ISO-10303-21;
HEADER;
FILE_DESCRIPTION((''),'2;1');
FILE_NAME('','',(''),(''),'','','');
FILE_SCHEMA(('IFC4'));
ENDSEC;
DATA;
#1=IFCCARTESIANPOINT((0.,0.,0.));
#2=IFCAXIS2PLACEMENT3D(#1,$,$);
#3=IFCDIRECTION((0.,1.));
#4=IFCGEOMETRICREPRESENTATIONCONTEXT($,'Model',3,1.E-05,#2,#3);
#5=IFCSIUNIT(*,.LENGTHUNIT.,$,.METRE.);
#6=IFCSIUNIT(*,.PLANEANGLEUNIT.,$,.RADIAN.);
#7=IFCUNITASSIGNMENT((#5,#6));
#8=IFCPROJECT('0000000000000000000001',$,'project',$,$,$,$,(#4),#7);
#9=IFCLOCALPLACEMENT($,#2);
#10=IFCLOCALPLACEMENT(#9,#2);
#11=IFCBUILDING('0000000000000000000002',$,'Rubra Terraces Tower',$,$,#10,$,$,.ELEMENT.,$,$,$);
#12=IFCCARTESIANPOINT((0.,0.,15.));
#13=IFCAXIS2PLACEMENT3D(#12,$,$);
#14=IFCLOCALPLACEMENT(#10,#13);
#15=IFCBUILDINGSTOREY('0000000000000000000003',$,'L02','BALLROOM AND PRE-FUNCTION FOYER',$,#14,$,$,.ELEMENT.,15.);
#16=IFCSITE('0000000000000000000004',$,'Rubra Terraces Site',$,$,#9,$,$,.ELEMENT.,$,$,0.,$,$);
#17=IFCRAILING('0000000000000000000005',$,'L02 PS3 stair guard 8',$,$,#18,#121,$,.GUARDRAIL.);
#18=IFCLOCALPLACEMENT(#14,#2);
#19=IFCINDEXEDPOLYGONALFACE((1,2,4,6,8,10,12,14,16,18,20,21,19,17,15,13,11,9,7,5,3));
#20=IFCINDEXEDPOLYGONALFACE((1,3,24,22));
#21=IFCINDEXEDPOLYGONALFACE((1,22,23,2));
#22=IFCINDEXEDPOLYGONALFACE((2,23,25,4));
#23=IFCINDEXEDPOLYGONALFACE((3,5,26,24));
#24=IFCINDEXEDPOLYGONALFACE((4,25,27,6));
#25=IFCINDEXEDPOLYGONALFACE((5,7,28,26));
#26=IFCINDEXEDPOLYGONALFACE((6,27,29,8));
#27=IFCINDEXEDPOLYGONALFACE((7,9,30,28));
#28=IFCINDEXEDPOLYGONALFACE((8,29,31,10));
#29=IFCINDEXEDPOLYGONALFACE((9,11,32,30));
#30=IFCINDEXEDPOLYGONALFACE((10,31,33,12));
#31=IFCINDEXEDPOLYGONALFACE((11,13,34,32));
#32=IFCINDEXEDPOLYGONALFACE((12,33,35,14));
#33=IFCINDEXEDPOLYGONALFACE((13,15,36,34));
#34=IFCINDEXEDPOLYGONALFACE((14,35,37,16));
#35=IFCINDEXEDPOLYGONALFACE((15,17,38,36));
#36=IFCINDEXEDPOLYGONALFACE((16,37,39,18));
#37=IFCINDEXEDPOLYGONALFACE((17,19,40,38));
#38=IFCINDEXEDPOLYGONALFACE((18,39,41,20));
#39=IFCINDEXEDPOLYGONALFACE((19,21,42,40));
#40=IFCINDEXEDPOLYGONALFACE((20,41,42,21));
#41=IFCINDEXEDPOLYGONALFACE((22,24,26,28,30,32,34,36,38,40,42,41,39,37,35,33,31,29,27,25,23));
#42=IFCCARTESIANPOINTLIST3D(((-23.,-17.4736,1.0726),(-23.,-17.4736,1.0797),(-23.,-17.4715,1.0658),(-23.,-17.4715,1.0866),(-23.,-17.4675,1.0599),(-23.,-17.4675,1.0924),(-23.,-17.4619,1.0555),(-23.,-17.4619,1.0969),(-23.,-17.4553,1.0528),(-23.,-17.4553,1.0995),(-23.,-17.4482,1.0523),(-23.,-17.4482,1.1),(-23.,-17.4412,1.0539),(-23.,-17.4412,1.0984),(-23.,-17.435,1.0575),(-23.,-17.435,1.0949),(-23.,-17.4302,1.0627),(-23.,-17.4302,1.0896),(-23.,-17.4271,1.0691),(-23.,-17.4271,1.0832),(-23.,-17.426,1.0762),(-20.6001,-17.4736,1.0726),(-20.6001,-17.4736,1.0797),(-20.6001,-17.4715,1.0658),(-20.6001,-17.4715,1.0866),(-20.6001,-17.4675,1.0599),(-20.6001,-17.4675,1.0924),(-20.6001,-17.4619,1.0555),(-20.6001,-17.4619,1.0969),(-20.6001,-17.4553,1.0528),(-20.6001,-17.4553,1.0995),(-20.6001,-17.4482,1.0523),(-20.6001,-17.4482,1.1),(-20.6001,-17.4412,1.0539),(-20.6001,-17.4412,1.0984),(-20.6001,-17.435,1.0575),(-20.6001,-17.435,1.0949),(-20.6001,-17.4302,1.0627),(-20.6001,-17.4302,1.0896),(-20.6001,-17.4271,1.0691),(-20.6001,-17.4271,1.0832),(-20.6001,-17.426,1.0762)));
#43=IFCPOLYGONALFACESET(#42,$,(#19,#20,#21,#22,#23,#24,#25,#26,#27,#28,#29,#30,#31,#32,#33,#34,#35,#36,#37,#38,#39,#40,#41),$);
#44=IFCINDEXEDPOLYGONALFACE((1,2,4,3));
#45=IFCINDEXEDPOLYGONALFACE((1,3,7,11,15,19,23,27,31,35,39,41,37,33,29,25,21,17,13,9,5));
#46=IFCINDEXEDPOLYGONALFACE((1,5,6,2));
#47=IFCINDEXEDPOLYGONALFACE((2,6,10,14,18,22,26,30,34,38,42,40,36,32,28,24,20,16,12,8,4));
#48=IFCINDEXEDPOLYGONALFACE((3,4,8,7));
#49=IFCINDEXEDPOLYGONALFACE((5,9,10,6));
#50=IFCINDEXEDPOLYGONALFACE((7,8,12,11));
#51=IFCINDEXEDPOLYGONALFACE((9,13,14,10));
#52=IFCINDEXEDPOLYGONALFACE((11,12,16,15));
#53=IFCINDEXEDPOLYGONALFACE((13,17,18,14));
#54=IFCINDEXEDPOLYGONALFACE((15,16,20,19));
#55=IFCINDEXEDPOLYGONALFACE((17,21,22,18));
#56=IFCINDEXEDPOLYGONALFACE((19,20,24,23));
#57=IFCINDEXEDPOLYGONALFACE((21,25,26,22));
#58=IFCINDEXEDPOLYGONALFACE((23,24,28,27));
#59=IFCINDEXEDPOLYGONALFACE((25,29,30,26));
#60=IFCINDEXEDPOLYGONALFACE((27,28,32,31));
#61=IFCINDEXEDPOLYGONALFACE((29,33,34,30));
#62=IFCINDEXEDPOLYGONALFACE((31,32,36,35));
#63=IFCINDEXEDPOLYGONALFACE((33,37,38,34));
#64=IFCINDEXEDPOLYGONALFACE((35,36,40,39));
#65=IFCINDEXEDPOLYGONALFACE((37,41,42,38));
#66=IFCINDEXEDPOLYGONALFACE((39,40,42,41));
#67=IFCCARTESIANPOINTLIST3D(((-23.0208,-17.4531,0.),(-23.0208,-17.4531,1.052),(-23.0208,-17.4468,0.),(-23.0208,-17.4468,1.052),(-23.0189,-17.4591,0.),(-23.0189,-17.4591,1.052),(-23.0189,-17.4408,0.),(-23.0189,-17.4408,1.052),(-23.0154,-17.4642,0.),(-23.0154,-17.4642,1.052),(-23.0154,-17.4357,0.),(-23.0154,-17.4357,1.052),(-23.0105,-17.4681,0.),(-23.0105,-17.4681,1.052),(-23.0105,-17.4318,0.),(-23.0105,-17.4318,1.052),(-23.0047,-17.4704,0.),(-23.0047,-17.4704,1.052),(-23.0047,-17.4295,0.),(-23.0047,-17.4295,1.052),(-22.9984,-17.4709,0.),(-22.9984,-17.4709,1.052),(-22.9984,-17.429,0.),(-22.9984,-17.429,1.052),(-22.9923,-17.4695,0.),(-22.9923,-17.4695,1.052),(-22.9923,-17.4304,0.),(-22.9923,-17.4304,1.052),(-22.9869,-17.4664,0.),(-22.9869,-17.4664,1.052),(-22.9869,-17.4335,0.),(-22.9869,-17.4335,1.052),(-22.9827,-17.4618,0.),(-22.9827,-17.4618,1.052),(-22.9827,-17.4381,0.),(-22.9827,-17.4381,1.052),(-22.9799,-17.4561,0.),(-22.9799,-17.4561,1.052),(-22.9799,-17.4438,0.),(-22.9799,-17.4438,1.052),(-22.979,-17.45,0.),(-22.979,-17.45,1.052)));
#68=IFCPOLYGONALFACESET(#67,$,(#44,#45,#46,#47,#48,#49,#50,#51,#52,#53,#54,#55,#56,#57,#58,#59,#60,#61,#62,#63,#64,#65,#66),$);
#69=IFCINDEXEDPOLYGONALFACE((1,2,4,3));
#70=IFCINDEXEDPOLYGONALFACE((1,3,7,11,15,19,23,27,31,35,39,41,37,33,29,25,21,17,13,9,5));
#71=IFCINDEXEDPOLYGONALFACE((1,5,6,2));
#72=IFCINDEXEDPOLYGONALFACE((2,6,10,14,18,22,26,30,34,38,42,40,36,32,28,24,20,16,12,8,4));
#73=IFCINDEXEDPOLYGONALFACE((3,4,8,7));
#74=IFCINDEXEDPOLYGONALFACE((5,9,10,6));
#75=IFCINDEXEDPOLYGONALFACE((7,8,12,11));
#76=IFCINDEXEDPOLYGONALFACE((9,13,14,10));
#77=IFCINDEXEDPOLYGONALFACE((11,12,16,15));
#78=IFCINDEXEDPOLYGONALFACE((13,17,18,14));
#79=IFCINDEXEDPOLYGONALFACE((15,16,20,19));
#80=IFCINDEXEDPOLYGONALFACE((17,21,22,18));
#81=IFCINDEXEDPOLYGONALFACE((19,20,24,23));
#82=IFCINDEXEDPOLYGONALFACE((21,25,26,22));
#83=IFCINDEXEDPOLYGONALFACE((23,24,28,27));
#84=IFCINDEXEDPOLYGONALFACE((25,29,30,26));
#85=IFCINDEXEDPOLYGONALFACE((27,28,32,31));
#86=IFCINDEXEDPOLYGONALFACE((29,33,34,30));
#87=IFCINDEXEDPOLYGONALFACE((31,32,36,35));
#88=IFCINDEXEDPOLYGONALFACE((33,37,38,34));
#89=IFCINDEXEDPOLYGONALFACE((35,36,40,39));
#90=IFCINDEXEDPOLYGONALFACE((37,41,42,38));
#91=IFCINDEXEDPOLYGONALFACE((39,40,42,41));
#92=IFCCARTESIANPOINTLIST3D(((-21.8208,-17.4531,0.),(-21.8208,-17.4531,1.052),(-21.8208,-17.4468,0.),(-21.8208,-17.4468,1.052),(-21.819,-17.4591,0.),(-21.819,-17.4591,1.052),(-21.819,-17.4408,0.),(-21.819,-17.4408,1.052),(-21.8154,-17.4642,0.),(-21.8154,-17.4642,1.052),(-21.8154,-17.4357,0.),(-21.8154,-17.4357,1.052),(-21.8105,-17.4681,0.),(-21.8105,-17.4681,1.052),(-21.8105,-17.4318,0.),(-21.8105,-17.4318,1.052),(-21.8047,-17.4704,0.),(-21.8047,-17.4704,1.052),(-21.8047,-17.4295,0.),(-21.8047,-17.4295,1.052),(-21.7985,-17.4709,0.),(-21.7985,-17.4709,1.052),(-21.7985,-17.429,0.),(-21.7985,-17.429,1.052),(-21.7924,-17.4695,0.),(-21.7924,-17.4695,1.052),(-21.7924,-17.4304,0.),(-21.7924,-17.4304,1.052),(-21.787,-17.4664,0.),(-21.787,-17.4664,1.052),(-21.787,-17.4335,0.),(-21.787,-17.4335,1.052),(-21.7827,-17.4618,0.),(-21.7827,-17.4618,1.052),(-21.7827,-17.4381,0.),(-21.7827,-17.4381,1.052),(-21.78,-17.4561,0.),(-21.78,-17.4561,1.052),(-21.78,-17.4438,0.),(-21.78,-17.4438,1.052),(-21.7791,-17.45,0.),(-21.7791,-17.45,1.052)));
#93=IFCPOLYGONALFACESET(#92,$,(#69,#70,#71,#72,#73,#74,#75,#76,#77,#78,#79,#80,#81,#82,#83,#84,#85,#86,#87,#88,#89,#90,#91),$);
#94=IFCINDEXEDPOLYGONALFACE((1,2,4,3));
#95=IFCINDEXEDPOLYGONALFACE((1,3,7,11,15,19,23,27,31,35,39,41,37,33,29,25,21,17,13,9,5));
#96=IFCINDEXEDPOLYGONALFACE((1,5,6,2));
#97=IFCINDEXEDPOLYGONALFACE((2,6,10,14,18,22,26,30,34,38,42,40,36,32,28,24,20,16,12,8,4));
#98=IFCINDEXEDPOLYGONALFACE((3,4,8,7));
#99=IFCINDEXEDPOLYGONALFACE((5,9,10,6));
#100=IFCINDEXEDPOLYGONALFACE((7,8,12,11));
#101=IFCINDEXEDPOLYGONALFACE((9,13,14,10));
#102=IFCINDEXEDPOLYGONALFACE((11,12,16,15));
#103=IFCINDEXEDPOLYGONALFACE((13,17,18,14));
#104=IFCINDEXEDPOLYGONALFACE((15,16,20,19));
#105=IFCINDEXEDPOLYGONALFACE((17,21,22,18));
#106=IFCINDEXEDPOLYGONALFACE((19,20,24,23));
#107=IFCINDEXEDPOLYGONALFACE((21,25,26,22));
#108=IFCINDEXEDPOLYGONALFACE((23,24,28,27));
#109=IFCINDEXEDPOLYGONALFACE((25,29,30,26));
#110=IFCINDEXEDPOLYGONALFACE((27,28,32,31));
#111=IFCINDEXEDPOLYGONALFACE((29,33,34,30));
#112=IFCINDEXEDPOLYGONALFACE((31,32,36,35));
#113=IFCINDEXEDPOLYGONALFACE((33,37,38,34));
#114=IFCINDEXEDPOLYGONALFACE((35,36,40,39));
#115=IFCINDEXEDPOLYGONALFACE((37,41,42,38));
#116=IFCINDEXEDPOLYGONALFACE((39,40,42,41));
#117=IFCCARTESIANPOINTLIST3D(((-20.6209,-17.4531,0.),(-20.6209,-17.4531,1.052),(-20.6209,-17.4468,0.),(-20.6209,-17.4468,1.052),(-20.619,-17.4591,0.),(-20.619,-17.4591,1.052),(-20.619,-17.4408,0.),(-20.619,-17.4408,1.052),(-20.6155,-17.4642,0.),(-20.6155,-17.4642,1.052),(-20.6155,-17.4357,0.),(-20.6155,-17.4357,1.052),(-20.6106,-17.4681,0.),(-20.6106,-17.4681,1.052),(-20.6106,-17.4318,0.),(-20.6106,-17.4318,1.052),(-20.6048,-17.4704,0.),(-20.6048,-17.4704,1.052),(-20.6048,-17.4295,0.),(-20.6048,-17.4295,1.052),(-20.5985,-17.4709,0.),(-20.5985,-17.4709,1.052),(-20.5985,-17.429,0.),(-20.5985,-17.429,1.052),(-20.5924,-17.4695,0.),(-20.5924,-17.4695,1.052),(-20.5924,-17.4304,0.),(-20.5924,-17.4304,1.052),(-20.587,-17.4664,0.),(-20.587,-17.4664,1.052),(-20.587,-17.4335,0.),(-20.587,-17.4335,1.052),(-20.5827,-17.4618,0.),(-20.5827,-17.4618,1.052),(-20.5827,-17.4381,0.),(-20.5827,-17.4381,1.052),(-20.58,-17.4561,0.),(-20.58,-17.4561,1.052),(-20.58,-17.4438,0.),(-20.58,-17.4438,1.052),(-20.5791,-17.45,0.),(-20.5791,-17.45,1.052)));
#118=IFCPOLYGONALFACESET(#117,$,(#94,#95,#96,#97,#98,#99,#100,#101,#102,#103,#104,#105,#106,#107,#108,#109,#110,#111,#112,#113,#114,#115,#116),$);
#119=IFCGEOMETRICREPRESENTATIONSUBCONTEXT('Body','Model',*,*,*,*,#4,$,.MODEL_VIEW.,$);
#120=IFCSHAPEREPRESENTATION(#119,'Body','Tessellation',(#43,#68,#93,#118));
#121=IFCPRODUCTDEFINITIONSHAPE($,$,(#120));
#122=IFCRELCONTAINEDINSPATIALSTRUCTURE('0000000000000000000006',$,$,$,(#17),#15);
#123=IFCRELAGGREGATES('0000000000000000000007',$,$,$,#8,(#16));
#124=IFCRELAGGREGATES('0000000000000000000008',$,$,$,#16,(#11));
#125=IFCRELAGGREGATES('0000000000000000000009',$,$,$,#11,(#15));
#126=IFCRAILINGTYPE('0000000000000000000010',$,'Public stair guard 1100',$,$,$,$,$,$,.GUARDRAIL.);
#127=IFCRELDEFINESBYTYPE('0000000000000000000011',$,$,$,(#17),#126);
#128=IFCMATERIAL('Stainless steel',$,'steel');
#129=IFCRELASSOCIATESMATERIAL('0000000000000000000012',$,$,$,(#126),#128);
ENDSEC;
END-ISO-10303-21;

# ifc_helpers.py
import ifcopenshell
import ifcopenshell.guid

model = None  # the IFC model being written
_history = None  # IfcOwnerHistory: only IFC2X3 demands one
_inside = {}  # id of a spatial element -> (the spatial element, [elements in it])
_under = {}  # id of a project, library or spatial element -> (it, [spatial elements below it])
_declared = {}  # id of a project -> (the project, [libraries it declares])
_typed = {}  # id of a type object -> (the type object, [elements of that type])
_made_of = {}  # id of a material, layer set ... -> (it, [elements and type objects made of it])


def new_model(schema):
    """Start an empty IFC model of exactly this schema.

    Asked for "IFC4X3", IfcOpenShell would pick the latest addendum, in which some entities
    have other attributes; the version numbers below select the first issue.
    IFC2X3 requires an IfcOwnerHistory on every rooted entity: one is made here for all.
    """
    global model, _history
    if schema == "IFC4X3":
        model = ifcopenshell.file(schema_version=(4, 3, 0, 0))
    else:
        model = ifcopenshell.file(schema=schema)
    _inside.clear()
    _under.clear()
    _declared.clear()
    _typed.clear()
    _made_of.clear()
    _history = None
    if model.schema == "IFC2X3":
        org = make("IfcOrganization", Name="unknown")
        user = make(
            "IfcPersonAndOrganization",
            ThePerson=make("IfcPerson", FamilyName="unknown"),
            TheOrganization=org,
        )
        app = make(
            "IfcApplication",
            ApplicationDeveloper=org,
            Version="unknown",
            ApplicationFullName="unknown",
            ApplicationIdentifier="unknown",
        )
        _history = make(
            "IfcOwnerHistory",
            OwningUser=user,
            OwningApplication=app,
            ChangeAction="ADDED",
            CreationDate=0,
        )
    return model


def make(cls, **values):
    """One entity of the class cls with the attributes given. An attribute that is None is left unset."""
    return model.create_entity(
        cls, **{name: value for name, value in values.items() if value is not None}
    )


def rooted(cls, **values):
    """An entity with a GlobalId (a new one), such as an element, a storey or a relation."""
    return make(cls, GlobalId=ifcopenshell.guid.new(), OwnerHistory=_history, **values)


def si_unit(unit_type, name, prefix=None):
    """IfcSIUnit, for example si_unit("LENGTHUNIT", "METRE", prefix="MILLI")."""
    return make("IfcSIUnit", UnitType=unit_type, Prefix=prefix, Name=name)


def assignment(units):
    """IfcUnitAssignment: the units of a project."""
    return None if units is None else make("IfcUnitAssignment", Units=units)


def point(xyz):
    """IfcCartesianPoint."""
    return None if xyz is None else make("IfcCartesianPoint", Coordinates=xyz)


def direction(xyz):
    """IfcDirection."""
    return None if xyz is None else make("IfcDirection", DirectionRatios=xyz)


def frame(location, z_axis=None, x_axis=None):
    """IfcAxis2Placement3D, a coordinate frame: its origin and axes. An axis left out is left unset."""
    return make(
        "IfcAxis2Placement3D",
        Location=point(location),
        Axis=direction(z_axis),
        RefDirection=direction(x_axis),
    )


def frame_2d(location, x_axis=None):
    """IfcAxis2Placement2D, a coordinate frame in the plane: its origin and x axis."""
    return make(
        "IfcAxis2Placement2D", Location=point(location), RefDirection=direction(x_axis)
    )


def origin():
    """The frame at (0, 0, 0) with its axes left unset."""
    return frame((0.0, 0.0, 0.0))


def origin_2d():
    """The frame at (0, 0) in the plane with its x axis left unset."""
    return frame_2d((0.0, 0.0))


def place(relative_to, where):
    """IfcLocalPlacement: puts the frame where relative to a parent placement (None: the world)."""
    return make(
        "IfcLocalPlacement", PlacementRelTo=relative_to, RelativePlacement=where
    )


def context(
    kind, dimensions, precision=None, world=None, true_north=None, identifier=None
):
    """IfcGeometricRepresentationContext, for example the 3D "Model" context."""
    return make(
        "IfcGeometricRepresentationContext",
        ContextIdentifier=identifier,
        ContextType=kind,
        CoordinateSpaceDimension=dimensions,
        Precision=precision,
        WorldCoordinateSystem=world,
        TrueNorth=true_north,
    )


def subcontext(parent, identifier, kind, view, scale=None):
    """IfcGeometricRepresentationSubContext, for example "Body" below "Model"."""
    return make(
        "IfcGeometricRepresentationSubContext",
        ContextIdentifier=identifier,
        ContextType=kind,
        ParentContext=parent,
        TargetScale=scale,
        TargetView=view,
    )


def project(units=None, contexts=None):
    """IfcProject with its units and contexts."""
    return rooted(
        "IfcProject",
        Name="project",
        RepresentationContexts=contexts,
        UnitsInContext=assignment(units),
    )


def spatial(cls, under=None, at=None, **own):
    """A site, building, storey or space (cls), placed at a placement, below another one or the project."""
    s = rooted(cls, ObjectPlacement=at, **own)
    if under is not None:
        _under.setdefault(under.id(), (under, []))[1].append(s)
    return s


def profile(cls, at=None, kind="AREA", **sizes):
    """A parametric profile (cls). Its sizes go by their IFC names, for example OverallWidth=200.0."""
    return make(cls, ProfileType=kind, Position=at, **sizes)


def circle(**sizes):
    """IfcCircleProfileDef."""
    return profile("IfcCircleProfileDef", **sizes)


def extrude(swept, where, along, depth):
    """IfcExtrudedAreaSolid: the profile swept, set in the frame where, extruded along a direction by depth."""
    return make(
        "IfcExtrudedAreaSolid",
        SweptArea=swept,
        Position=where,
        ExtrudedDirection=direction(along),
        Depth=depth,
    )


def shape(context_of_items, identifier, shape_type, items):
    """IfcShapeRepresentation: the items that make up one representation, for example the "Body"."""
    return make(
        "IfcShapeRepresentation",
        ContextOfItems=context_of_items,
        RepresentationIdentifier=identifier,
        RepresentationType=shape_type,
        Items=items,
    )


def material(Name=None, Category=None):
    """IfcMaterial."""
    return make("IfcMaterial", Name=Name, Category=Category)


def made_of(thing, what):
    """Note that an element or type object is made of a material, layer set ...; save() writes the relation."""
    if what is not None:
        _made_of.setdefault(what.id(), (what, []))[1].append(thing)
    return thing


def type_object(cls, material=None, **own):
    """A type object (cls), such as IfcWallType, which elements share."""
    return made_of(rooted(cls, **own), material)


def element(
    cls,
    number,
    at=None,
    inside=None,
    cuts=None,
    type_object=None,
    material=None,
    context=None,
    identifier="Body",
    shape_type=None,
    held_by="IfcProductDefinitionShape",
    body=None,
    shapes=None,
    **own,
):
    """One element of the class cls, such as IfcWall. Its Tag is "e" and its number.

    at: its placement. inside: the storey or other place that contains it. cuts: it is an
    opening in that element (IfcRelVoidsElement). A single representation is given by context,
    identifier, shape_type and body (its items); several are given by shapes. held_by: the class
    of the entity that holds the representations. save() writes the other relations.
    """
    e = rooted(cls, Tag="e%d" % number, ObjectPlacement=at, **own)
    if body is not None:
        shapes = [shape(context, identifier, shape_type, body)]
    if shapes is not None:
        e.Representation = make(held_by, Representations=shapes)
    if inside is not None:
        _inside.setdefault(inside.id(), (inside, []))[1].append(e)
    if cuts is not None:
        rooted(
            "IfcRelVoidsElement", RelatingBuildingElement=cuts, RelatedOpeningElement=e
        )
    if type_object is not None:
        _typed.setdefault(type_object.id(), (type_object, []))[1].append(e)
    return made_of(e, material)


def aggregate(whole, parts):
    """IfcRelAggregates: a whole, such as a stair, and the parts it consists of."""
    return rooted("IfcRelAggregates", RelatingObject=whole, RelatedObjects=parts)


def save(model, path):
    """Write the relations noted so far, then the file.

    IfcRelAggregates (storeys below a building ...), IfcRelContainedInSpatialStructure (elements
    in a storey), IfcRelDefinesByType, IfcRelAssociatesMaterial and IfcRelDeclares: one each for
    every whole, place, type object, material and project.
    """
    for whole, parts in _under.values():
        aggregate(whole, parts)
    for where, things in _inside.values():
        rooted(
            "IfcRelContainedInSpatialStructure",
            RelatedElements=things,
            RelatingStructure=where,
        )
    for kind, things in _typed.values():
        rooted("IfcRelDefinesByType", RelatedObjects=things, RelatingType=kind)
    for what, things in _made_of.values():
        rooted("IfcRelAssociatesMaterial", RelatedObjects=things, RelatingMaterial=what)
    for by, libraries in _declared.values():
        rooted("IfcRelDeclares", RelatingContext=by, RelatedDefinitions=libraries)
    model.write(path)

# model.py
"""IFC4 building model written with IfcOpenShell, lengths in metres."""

from ifc_helpers import new_model, si_unit, direction, frame, origin, origin_2d, place, context, subcontext, project, spatial, circle, extrude, material, type_object, element, save


model = new_model("IFC4")

# Units and contexts
model_context = context("Model", 3, precision=1e-05, world=origin(), true_north=direction((0.0, 1.0)))
body_context = subcontext(model_context, "Body", "Model", "MODEL_VIEW")
ifc_project = project(units=[si_unit("LENGTHUNIT", "METRE"), si_unit("PLANEANGLEUNIT", "RADIAN")], contexts=[model_context])

# Site, building, storey
site_placement = place(None, origin())
site = spatial("IfcSite", under=ifc_project, at=site_placement, Name="Rubra Terraces Site", CompositionType="ELEMENT", RefElevation=0.0)
building_placement = place(site_placement, origin())
building = spatial("IfcBuilding", under=site, at=building_placement, Name="Rubra Terraces Tower", CompositionType="ELEMENT")
storey_placement = place(building_placement, frame((0.0, 0.0, 15.0)))
storey = spatial("IfcBuildingStorey", under=building, at=storey_placement, Name="L02", Description="BALLROOM AND PRE-FUNCTION FOYER", CompositionType="ELEMENT", Elevation=15.0)

# Railing
ifc_material_1 = material(Name="Stainless steel", Category="steel")
railing_type = type_object("IfcRailingType", Name="Public stair guard 1100", PredefinedType="GUARDRAIL", material=ifc_material_1)
railing_placement = place(storey_placement, frame((-23.0, -17.45, 0.0)))
element("IfcRailing", 1, at=railing_placement, inside=storey, type_object=railing_type, Name="L02 PS3 stair guard 8", PredefinedType="GUARDRAIL", context=body_context, shape_type="SweptSolid", body=[
    extrude(circle(Radius=0.0239, at=origin_2d()), frame((0.0, 0.0, 1.0762), z_axis=(1.0, 0.0, 0.0), x_axis=(0.0, 1.0, 0.0)), (0.0, 0.0, 1.0), 2.3999),
    extrude(circle(Radius=0.021, at=origin_2d()), origin(), (0.0, 0.0, 1.0), 1.052),
    extrude(circle(Radius=0.021, at=origin_2d()), frame((1.2, 0.0, 0.0)), (0.0, 0.0, 1.0), 1.052),
    extrude(circle(Radius=0.021, at=origin_2d()), frame((2.3999, 0.0, 0.0)), (0.0, 0.0, 1.0), 1.052),
])

save(model, "model.ifc")
